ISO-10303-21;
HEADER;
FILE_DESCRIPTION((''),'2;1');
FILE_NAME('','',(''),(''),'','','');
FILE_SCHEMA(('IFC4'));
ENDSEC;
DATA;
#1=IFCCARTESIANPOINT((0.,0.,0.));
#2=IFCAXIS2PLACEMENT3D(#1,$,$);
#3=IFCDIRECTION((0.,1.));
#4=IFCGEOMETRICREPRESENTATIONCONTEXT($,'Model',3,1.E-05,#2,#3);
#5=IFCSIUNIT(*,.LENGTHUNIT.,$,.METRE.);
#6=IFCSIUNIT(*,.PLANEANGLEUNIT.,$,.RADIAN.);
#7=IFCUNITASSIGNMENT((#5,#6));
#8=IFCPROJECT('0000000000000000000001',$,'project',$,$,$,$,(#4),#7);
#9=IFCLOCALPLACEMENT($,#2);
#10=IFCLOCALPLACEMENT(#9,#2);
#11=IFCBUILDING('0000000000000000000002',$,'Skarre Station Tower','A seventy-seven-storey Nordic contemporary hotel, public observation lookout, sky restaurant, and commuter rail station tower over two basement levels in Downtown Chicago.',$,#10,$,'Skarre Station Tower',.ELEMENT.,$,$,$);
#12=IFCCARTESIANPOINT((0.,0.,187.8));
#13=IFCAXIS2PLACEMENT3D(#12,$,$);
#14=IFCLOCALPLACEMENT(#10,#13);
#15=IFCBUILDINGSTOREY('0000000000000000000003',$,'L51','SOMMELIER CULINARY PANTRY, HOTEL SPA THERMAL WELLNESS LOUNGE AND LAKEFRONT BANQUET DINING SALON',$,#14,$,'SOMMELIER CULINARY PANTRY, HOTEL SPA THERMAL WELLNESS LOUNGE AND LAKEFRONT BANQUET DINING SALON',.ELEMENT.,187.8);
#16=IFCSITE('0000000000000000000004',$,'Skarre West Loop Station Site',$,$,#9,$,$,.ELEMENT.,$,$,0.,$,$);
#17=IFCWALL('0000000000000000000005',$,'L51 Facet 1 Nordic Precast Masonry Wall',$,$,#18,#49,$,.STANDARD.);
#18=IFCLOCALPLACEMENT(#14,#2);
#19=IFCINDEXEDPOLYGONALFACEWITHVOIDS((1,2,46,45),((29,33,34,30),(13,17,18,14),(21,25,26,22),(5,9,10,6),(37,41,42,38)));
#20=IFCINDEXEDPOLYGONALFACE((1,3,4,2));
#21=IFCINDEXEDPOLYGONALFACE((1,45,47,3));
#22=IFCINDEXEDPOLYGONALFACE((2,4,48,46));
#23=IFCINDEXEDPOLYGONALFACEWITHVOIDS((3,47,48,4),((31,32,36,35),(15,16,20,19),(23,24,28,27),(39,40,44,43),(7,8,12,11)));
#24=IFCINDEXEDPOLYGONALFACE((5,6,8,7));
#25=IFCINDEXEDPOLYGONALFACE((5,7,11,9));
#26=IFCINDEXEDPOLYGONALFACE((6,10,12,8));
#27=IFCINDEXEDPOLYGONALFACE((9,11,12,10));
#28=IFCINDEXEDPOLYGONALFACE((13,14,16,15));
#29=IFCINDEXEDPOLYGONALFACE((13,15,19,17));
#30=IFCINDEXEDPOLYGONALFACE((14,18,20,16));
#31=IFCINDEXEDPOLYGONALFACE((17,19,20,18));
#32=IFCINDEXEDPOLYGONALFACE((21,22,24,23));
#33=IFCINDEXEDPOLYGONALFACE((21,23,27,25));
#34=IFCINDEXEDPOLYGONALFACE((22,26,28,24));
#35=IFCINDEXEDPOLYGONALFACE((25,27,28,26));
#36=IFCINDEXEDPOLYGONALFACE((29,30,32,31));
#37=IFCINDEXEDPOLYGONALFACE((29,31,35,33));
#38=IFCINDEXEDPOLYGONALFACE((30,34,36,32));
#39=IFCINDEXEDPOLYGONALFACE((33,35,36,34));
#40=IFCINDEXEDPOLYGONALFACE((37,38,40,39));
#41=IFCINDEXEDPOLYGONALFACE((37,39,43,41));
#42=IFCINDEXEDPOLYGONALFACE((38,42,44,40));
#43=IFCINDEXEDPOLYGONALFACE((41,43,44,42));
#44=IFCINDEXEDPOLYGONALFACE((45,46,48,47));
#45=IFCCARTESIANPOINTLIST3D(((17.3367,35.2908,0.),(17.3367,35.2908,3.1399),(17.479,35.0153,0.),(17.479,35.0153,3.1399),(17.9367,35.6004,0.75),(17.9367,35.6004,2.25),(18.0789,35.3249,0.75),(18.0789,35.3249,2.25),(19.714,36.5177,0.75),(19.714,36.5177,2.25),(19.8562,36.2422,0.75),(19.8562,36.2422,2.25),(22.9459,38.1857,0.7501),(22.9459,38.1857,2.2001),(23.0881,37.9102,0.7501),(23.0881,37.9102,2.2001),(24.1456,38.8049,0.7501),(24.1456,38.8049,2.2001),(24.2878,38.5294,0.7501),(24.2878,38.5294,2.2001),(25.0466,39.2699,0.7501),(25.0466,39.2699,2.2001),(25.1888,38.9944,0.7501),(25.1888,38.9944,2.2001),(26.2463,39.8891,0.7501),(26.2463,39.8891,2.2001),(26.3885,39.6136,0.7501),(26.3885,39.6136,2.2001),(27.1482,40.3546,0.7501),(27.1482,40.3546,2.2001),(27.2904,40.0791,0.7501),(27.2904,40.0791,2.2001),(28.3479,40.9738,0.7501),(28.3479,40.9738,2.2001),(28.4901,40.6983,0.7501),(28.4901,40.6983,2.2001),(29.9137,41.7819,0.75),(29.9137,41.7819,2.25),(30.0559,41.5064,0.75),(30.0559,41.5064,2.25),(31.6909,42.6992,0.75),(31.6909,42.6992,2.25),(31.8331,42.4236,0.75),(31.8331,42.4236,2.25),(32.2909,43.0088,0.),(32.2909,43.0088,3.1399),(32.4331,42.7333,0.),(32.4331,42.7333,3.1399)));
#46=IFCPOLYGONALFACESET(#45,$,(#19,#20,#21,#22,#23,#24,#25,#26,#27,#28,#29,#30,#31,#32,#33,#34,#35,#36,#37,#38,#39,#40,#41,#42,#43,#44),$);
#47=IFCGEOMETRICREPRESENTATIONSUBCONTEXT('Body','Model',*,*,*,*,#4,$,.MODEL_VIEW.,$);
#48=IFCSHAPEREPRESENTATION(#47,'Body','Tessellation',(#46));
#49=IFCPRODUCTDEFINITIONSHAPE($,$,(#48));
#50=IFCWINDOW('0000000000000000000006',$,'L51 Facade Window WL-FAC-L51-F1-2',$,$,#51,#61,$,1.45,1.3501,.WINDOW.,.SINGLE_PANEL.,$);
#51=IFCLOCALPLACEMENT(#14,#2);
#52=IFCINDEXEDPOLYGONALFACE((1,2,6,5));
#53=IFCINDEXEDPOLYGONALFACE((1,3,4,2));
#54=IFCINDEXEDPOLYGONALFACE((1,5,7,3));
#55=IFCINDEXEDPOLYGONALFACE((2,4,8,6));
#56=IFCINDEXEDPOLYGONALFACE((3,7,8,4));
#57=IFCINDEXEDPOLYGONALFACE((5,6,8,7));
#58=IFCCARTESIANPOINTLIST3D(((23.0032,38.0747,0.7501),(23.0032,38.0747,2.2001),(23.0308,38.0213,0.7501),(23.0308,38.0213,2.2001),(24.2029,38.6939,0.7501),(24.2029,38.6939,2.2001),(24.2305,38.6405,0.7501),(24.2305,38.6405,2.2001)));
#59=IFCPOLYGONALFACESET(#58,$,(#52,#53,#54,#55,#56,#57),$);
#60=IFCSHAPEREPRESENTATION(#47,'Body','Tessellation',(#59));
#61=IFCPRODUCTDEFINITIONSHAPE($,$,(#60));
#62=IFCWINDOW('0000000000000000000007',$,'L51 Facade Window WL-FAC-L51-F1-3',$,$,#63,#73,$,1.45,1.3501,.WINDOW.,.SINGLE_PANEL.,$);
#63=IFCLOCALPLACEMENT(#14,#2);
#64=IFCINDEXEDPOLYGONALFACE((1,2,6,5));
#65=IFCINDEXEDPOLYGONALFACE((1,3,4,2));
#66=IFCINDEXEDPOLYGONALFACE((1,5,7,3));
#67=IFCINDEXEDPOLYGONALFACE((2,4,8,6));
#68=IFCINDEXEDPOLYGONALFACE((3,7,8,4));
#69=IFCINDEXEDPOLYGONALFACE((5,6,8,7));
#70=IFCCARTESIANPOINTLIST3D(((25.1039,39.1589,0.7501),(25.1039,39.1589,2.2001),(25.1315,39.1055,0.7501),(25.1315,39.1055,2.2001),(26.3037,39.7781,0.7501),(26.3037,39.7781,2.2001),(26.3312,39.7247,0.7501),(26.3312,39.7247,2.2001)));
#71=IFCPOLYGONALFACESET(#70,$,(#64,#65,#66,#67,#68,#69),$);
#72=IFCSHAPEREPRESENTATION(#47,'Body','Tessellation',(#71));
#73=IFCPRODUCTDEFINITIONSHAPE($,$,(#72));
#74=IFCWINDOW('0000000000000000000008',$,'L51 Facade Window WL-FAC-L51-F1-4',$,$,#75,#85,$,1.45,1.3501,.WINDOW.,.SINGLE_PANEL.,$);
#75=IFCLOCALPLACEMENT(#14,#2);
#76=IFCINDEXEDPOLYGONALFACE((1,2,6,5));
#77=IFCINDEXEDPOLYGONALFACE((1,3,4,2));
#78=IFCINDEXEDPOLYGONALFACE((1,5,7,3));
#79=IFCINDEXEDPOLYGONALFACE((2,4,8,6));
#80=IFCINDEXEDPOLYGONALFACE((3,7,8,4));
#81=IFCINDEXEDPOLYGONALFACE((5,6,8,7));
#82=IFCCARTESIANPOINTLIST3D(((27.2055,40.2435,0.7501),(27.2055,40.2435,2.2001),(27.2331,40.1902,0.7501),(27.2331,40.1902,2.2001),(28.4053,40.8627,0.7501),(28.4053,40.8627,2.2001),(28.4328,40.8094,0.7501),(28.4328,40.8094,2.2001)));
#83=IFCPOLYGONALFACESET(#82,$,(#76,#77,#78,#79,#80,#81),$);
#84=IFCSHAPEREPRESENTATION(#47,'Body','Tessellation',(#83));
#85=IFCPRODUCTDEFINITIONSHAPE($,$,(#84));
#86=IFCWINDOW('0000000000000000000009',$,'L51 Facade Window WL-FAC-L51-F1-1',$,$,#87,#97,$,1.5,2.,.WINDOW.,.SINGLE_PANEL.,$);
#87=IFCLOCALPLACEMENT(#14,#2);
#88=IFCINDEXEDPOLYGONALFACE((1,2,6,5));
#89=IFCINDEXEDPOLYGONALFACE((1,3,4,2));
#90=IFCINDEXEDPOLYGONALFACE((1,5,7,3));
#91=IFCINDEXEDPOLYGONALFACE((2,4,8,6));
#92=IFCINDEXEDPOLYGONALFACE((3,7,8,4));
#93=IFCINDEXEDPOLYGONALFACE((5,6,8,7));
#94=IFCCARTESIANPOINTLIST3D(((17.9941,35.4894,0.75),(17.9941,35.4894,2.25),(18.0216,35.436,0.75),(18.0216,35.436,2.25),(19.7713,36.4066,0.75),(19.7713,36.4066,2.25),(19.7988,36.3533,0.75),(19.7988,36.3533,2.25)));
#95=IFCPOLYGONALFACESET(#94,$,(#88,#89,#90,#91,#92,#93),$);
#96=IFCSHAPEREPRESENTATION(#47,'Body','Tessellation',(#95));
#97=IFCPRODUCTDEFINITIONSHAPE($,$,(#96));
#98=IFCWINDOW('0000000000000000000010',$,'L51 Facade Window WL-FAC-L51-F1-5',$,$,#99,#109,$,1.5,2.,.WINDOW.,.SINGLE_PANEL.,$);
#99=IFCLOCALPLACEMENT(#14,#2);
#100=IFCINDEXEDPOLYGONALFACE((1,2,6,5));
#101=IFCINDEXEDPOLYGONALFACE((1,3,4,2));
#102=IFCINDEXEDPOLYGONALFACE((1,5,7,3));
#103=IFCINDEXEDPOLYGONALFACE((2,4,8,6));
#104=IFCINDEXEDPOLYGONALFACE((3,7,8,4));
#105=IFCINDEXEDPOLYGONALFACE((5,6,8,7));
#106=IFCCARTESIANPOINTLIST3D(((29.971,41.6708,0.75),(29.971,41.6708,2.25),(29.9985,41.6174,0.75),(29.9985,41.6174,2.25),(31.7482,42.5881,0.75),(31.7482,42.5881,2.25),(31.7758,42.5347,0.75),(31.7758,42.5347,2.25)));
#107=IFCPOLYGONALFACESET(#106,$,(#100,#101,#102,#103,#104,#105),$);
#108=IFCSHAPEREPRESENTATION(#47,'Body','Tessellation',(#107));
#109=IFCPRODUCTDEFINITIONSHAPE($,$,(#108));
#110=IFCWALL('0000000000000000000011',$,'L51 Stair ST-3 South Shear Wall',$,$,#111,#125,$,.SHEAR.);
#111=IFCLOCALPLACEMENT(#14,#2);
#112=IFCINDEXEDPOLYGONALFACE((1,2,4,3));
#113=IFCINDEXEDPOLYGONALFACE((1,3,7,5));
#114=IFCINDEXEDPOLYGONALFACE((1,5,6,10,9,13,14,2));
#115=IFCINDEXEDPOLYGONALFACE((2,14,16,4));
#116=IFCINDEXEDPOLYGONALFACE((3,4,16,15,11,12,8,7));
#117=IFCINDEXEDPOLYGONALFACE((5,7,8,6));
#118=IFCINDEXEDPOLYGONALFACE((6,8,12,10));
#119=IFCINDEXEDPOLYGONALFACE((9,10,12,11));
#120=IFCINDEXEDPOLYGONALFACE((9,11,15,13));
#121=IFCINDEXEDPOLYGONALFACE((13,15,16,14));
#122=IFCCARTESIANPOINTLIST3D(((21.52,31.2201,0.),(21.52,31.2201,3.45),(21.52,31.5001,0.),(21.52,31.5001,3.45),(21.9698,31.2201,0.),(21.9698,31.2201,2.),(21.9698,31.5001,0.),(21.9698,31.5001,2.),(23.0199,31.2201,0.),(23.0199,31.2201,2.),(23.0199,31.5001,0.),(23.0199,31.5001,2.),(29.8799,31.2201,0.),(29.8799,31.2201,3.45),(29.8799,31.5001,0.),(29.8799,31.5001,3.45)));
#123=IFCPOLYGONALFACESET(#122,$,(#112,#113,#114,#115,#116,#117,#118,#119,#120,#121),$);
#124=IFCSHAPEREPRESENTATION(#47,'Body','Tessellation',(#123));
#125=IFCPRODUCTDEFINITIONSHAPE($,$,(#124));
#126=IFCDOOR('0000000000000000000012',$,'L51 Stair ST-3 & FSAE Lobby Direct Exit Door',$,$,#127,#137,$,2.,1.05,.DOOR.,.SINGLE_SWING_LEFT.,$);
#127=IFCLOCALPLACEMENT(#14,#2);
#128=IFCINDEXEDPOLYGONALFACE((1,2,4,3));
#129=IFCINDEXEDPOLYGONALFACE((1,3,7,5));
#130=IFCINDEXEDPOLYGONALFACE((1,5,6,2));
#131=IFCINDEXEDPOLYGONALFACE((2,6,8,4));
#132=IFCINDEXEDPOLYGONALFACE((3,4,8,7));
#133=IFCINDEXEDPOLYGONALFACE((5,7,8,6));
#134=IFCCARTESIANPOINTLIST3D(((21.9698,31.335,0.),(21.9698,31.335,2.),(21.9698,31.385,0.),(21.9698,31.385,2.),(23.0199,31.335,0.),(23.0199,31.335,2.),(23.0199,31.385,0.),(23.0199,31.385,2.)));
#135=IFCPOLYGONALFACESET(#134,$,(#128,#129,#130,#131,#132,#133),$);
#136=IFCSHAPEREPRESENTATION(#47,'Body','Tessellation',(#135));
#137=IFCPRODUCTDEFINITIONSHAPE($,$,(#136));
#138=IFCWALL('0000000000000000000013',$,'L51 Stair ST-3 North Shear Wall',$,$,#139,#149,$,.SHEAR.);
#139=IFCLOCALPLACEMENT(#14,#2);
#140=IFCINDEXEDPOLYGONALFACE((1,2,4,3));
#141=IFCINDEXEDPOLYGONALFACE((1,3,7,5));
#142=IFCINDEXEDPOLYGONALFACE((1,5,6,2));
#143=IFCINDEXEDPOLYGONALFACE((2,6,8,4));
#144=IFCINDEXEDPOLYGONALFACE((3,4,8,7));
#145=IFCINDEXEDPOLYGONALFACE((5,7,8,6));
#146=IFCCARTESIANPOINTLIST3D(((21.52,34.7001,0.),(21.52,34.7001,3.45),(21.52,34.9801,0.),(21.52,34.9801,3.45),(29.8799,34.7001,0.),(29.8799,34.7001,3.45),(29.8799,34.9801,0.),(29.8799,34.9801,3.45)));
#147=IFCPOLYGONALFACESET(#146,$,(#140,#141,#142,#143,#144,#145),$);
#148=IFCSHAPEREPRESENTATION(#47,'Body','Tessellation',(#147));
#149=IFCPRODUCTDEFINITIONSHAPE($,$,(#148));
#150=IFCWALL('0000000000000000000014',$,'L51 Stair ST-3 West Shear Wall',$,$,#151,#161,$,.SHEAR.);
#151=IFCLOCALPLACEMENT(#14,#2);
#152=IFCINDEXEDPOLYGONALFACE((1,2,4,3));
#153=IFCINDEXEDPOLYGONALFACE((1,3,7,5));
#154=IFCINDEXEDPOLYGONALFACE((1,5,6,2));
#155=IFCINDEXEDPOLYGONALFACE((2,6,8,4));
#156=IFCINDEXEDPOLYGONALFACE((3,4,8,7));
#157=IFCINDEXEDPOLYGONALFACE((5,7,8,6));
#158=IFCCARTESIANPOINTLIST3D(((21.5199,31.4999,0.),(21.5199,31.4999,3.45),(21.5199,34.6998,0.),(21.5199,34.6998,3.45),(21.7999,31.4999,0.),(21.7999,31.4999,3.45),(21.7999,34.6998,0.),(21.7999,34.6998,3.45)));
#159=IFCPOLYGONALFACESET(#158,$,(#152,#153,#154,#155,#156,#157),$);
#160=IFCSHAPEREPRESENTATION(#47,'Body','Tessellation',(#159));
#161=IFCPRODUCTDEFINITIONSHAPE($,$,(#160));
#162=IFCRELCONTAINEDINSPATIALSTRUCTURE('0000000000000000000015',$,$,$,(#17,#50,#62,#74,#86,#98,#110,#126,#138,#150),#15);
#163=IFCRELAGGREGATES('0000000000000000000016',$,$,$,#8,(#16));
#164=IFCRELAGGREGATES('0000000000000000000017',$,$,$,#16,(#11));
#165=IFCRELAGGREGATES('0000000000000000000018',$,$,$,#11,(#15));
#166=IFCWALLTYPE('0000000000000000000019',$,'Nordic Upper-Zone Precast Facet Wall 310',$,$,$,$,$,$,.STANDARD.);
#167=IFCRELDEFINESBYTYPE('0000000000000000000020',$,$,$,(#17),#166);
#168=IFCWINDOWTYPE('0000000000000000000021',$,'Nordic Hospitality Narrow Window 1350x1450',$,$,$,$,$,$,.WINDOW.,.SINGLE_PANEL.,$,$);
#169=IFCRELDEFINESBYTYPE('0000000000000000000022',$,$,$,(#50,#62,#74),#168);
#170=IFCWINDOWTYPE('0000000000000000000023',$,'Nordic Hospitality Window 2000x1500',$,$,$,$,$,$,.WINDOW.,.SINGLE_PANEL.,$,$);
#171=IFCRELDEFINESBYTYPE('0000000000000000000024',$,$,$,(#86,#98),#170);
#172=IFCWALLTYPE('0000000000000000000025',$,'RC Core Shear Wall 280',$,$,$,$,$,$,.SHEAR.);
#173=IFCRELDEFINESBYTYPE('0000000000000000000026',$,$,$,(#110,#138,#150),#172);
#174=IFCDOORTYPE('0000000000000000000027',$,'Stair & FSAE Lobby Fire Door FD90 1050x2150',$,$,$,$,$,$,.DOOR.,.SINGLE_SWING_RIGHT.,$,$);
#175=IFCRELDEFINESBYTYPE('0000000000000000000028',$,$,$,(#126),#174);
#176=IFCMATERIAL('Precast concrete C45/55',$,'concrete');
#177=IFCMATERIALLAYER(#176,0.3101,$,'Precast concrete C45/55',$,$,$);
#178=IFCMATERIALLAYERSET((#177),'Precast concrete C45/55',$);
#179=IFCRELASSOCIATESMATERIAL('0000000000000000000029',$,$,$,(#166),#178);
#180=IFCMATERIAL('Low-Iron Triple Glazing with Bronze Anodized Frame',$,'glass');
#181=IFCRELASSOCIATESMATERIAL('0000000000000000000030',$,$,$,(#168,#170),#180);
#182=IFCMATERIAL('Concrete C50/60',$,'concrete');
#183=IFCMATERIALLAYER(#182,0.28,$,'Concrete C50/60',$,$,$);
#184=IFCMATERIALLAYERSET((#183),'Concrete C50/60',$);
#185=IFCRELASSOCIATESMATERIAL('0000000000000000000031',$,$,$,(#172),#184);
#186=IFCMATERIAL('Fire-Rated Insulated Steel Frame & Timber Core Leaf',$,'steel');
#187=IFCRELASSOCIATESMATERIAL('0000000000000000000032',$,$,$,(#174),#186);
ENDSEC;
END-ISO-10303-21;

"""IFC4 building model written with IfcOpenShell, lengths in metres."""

from ifc_helpers import new_model, si_unit, direction, frame, frame_2d, origin, place, context, subcontext, project, spatial, rectangle, extrude, material, layer, layer_set, type_object, element, fill, save


model = new_model("IFC4")

# Units and contexts
model_context = context("Model", 3, precision=1e-05, world=origin(), true_north=direction((0.0, 1.0)))
body_context = subcontext(model_context, "Body", "Model", "MODEL_VIEW")
ifc_project = project(units=[si_unit("LENGTHUNIT", "METRE"), si_unit("PLANEANGLEUNIT", "RADIAN")], contexts=[model_context])

# Site, building, storey
site_placement = place(None, origin())
site = spatial("IfcSite", under=ifc_project, at=site_placement, Name="Skarre West Loop Station Site", CompositionType="ELEMENT", RefElevation=0.0)
building_placement = place(site_placement, origin())
building = spatial("IfcBuilding", under=site, at=building_placement, Name="Skarre Station Tower", Description="A seventy-seven-storey Nordic contemporary hotel, public observation lookout, sky restaurant, and commuter rail station tower over two basement levels in Downtown Chicago.", LongName="Skarre Station Tower", CompositionType="ELEMENT")
storey_placement = place(building_placement, frame((0.0, 0.0, 187.8)))
storey = spatial("IfcBuildingStorey", under=building, at=storey_placement, Name="L51", Description="SOMMELIER CULINARY PANTRY, HOTEL SPA THERMAL WELLNESS LOUNGE AND LAKEFRONT BANQUET DINING SALON", LongName="SOMMELIER CULINARY PANTRY, HOTEL SPA THERMAL WELLNESS LOUNGE AND LAKEFRONT BANQUET DINING SALON", CompositionType="ELEMENT", Elevation=187.8)

# Shared definitions
ifc_material_1 = material(Name="Concrete C50/60", Category="concrete")

# Shared definitions
ifc_material_2 = material(Name="Precast concrete C45/55", Category="concrete")

# Wall, openings, windows
ifc_layer_1 = layer(ifc_material_2, 0.3101, Name="Precast concrete C45/55")
ifc_layer_set_1 = layer_set([ifc_layer_1], Name="Precast concrete C45/55")
wall_type_1 = type_object("IfcWallType", Name="Nordic Upper-Zone Precast Facet Wall 310", PredefinedType="STANDARD", material=ifc_layer_set_1)
wall_1_placement = place(storey_placement, frame((17.408, 35.1531, 0.0), z_axis=(0.0, 0.0, 1.0), x_axis=(0.888626, 0.458632, 0.0)))
wall_1 = element("IfcWall", 1, at=wall_1_placement, inside=storey, type_object=wall_type_1, Name="L51 Facet 1 Nordic Precast Masonry Wall", PredefinedType="STANDARD", context=body_context, shape_type="SweptSolid", body=[
    extrude(rectangle(XDim=16.8284, YDim=0.3101, at=frame_2d((8.4141, 0.0))), origin(), (0.0, 0.0, 1.0), 3.1399),
])
opening_1_placement = place(wall_1_placement, frame((0.675, 0.0, 0.75)))
opening_1 = element("IfcOpeningElement", 2, at=opening_1_placement, cuts=wall_1, PredefinedType="OPENING", context=body_context, shape_type="SweptSolid", body=[
    extrude(rectangle(XDim=2.0, YDim=1.5, at=frame_2d((1.0, 0.75))), frame((0.0, 0.165, 0.0), z_axis=(0.0, -1.0, 0.0), x_axis=(1.0, 0.0, 0.0)), (0.0, 0.0, 1.0), 0.3301),
])
opening_2_placement = place(wall_1_placement, frame((6.312, 0.0, 0.75)))
opening_2 = element("IfcOpeningElement", 3, at=opening_2_placement, cuts=wall_1, PredefinedType="OPENING", context=body_context, shape_type="SweptSolid", body=[
    extrude(rectangle(XDim=1.3501, YDim=1.45, at=frame_2d((0.675, 0.7251))), frame((0.0, 0.165, 0.0), z_axis=(0.0, -1.0, 0.0), x_axis=(1.0, 0.0, 0.0)), (0.0, 0.0, 1.0), 0.3301),
])
opening_3_placement = place(wall_1_placement, frame((8.676, 0.0, 0.75)))
opening_3 = element("IfcOpeningElement", 4, at=opening_3_placement, cuts=wall_1, PredefinedType="OPENING", context=body_context, shape_type="SweptSolid", body=[
    extrude(rectangle(XDim=1.3501, YDim=1.45, at=frame_2d((0.675, 0.7251))), frame((0.0, 0.165, 0.0), z_axis=(0.0, -1.0, 0.0), x_axis=(1.0, 0.0, 0.0)), (0.0, 0.0, 1.0), 0.3301),
])
opening_4_placement = place(wall_1_placement, frame((11.041, 0.0, 0.75)))
opening_4 = element("IfcOpeningElement", 5, at=opening_4_placement, cuts=wall_1, PredefinedType="OPENING", context=body_context, shape_type="SweptSolid", body=[
    extrude(rectangle(XDim=1.3501, YDim=1.45, at=frame_2d((0.675, 0.7251))), frame((0.0, 0.165, 0.0), z_axis=(0.0, -1.0, 0.0), x_axis=(1.0, 0.0, 0.0)), (0.0, 0.0, 1.0), 0.3301),
])
opening_5_placement = place(wall_1_placement, frame((14.1531, 0.0, 0.75)))
opening_5 = element("IfcOpeningElement", 6, at=opening_5_placement, cuts=wall_1, PredefinedType="OPENING", context=body_context, shape_type="SweptSolid", body=[
    extrude(rectangle(XDim=2.0, YDim=1.5, at=frame_2d((1.0, 0.75))), frame((0.0, 0.165, 0.0), z_axis=(0.0, -1.0, 0.0), x_axis=(1.0, 0.0, 0.0)), (0.0, 0.0, 1.0), 0.3301),
])
ifc_material_3 = material(Name="Low-Iron Triple Glazing with Bronze Anodized Frame", Category="glass")
window_type_1 = type_object("IfcWindowType", Name="Nordic Hospitality Narrow Window 1350x1450", PartitioningType="SINGLE_PANEL", PredefinedType="WINDOW", material=ifc_material_3)
window_1_placement = place(opening_2_placement, origin())
window_1 = element("IfcWindow", 7, at=window_1_placement, inside=storey, type_object=window_type_1, Name="L51 Facade Window WL-FAC-L51-F1-2", OverallHeight=1.45, OverallWidth=1.3501, PartitioningType="SINGLE_PANEL", PredefinedType="WINDOW", context=body_context, shape_type="SweptSolid", body=[
    extrude(rectangle(XDim=1.3501, YDim=1.45, at=frame_2d((0.675, 0.7251))), frame((0.0, 0.03, 0.0), z_axis=(0.0, -1.0, 0.0), x_axis=(1.0, 0.0, 0.0)), (0.0, 0.0, 1.0), 0.0601),
])
fill(opening_2, window_1)
window_2_placement = place(opening_3_placement, origin())
window_2 = element("IfcWindow", 8, at=window_2_placement, inside=storey, type_object=window_type_1, Name="L51 Facade Window WL-FAC-L51-F1-3", OverallHeight=1.45, OverallWidth=1.3501, PartitioningType="SINGLE_PANEL", PredefinedType="WINDOW", context=body_context, shape_type="SweptSolid", body=[
    extrude(rectangle(XDim=1.3501, YDim=1.45, at=frame_2d((0.675, 0.7251))), frame((0.0, 0.03, 0.0), z_axis=(0.0, -1.0, 0.0), x_axis=(1.0, 0.0, 0.0)), (0.0, 0.0, 1.0), 0.0601),
])
fill(opening_3, window_2)
window_3_placement = place(opening_4_placement, origin())
window_3 = element("IfcWindow", 9, at=window_3_placement, inside=storey, type_object=window_type_1, Name="L51 Facade Window WL-FAC-L51-F1-4", OverallHeight=1.45, OverallWidth=1.3501, PartitioningType="SINGLE_PANEL", PredefinedType="WINDOW", context=body_context, shape_type="SweptSolid", body=[
    extrude(rectangle(XDim=1.3501, YDim=1.45, at=frame_2d((0.675, 0.7251))), frame((0.0, 0.03, 0.0), z_axis=(0.0, -1.0, 0.0), x_axis=(1.0, 0.0, 0.0)), (0.0, 0.0, 1.0), 0.0601),
])
fill(opening_4, window_3)
window_type_2 = type_object("IfcWindowType", Name="Nordic Hospitality Window 2000x1500", PartitioningType="SINGLE_PANEL", PredefinedType="WINDOW", material=ifc_material_3)
window_4_placement = place(opening_1_placement, origin())
window_4 = element("IfcWindow", 10, at=window_4_placement, inside=storey, type_object=window_type_2, Name="L51 Facade Window WL-FAC-L51-F1-1", OverallHeight=1.5, OverallWidth=2.0, PartitioningType="SINGLE_PANEL", PredefinedType="WINDOW", context=body_context, shape_type="SweptSolid", body=[
    extrude(rectangle(XDim=2.0, YDim=1.5, at=frame_2d((1.0, 0.75))), frame((0.0, 0.03, 0.0), z_axis=(0.0, -1.0, 0.0), x_axis=(1.0, 0.0, 0.0)), (0.0, 0.0, 1.0), 0.0601),
])
fill(opening_1, window_4)
window_5_placement = place(opening_5_placement, origin())
window_5 = element("IfcWindow", 11, at=window_5_placement, inside=storey, type_object=window_type_2, Name="L51 Facade Window WL-FAC-L51-F1-5", OverallHeight=1.5, OverallWidth=2.0, PartitioningType="SINGLE_PANEL", PredefinedType="WINDOW", context=body_context, shape_type="SweptSolid", body=[
    extrude(rectangle(XDim=2.0, YDim=1.5, at=frame_2d((1.0, 0.75))), frame((0.0, 0.03, 0.0), z_axis=(0.0, -1.0, 0.0), x_axis=(1.0, 0.0, 0.0)), (0.0, 0.0, 1.0), 0.0601),
])
fill(opening_5, window_5)

# Wall, opening, door
ifc_layer_2 = layer(ifc_material_1, 0.28, Name="Concrete C50/60")
ifc_layer_set_2 = layer_set([ifc_layer_2], Name="Concrete C50/60")
wall_type_2 = type_object("IfcWallType", Name="RC Core Shear Wall 280", PredefinedType="SHEAR", material=ifc_layer_set_2)
wall_2_placement = place(storey_placement, frame((21.52, 31.3601, 0.0), z_axis=(0.0, 0.0, 1.0), x_axis=(1.0, 0.0, 0.0)))
wall_2 = element("IfcWall", 12, at=wall_2_placement, inside=storey, type_object=wall_type_2, Name="L51 Stair ST-3 South Shear Wall", PredefinedType="SHEAR", context=body_context, shape_type="SweptSolid", body=[
    extrude(rectangle(XDim=8.3599, YDim=0.28, at=frame_2d((4.1799, 0.0))), origin(), (0.0, 0.0, 1.0), 3.45),
])
opening_6_placement = place(wall_2_placement, frame((0.45, 0.0, 0.0)))
opening_6 = element("IfcOpeningElement", 13, at=opening_6_placement, cuts=wall_2, PredefinedType="OPENING", context=body_context, shape_type="SweptSolid", body=[
    extrude(rectangle(XDim=1.05, YDim=2.0, at=frame_2d((0.5249, 1.0))), frame((0.0, 0.1499, 0.0), z_axis=(0.0, -1.0, 0.0), x_axis=(1.0, 0.0, 0.0)), (0.0, 0.0, 1.0), 0.3),
])
ifc_material_4 = material(Name="Fire-Rated Insulated Steel Frame & Timber Core Leaf", Category="steel")
door_type = type_object("IfcDoorType", Name="Stair & FSAE Lobby Fire Door FD90 1050x2150", OperationType="SINGLE_SWING_RIGHT", PredefinedType="DOOR", material=ifc_material_4)
door_placement = place(opening_6_placement, origin())
door = element("IfcDoor", 14, at=door_placement, inside=storey, type_object=door_type, Name="L51 Stair ST-3 & FSAE Lobby Direct Exit Door", OperationType="SINGLE_SWING_LEFT", OverallHeight=2.0, OverallWidth=1.05, PredefinedType="DOOR", context=body_context, shape_type="SweptSolid", body=[
    extrude(rectangle(XDim=1.05, YDim=2.0, at=frame_2d((0.5249, 1.0))), frame((0.0, 0.0249, 0.0), z_axis=(0.0, -1.0, 0.0), x_axis=(1.0, 0.0, 0.0)), (0.0, 0.0, 1.0), 0.05),
])
fill(opening_6, door)

# Walls
wall_3_placement = place(storey_placement, frame((29.8799, 34.8401, 0.0), z_axis=(0.0, 0.0, 1.0), x_axis=(-1.0, 0.0, 0.0)))
element("IfcWall", 15, at=wall_3_placement, inside=storey, type_object=wall_type_2, Name="L51 Stair ST-3 North Shear Wall", PredefinedType="SHEAR", context=body_context, shape_type="SweptSolid", body=[
    extrude(rectangle(XDim=8.3599, YDim=0.28, at=frame_2d((4.1799, 0.0))), origin(), (0.0, 0.0, 1.0), 3.45),
])
for number, where, z_axis, x_axis, name in (
    (16, (21.6599, 34.7, 0.0), (0.0, 0.0, 1.0), (0.0, -1.0, 0.0), "L51 Stair ST-3 West Shear Wall"),
):
    element("IfcWall", number, at=place(storey_placement, frame(where, z_axis=z_axis, x_axis=x_axis)), inside=storey, type_object=wall_type_2, Name=name, PredefinedType="SHEAR", context=body_context, shape_type="SweptSolid", body=[
        extrude(rectangle(XDim=3.2, YDim=0.28, at=frame_2d((1.6001, 0.0))), origin(), (0.0, 0.0, 1.0), 3.45),
    ])

save(model, "model.ifc")
